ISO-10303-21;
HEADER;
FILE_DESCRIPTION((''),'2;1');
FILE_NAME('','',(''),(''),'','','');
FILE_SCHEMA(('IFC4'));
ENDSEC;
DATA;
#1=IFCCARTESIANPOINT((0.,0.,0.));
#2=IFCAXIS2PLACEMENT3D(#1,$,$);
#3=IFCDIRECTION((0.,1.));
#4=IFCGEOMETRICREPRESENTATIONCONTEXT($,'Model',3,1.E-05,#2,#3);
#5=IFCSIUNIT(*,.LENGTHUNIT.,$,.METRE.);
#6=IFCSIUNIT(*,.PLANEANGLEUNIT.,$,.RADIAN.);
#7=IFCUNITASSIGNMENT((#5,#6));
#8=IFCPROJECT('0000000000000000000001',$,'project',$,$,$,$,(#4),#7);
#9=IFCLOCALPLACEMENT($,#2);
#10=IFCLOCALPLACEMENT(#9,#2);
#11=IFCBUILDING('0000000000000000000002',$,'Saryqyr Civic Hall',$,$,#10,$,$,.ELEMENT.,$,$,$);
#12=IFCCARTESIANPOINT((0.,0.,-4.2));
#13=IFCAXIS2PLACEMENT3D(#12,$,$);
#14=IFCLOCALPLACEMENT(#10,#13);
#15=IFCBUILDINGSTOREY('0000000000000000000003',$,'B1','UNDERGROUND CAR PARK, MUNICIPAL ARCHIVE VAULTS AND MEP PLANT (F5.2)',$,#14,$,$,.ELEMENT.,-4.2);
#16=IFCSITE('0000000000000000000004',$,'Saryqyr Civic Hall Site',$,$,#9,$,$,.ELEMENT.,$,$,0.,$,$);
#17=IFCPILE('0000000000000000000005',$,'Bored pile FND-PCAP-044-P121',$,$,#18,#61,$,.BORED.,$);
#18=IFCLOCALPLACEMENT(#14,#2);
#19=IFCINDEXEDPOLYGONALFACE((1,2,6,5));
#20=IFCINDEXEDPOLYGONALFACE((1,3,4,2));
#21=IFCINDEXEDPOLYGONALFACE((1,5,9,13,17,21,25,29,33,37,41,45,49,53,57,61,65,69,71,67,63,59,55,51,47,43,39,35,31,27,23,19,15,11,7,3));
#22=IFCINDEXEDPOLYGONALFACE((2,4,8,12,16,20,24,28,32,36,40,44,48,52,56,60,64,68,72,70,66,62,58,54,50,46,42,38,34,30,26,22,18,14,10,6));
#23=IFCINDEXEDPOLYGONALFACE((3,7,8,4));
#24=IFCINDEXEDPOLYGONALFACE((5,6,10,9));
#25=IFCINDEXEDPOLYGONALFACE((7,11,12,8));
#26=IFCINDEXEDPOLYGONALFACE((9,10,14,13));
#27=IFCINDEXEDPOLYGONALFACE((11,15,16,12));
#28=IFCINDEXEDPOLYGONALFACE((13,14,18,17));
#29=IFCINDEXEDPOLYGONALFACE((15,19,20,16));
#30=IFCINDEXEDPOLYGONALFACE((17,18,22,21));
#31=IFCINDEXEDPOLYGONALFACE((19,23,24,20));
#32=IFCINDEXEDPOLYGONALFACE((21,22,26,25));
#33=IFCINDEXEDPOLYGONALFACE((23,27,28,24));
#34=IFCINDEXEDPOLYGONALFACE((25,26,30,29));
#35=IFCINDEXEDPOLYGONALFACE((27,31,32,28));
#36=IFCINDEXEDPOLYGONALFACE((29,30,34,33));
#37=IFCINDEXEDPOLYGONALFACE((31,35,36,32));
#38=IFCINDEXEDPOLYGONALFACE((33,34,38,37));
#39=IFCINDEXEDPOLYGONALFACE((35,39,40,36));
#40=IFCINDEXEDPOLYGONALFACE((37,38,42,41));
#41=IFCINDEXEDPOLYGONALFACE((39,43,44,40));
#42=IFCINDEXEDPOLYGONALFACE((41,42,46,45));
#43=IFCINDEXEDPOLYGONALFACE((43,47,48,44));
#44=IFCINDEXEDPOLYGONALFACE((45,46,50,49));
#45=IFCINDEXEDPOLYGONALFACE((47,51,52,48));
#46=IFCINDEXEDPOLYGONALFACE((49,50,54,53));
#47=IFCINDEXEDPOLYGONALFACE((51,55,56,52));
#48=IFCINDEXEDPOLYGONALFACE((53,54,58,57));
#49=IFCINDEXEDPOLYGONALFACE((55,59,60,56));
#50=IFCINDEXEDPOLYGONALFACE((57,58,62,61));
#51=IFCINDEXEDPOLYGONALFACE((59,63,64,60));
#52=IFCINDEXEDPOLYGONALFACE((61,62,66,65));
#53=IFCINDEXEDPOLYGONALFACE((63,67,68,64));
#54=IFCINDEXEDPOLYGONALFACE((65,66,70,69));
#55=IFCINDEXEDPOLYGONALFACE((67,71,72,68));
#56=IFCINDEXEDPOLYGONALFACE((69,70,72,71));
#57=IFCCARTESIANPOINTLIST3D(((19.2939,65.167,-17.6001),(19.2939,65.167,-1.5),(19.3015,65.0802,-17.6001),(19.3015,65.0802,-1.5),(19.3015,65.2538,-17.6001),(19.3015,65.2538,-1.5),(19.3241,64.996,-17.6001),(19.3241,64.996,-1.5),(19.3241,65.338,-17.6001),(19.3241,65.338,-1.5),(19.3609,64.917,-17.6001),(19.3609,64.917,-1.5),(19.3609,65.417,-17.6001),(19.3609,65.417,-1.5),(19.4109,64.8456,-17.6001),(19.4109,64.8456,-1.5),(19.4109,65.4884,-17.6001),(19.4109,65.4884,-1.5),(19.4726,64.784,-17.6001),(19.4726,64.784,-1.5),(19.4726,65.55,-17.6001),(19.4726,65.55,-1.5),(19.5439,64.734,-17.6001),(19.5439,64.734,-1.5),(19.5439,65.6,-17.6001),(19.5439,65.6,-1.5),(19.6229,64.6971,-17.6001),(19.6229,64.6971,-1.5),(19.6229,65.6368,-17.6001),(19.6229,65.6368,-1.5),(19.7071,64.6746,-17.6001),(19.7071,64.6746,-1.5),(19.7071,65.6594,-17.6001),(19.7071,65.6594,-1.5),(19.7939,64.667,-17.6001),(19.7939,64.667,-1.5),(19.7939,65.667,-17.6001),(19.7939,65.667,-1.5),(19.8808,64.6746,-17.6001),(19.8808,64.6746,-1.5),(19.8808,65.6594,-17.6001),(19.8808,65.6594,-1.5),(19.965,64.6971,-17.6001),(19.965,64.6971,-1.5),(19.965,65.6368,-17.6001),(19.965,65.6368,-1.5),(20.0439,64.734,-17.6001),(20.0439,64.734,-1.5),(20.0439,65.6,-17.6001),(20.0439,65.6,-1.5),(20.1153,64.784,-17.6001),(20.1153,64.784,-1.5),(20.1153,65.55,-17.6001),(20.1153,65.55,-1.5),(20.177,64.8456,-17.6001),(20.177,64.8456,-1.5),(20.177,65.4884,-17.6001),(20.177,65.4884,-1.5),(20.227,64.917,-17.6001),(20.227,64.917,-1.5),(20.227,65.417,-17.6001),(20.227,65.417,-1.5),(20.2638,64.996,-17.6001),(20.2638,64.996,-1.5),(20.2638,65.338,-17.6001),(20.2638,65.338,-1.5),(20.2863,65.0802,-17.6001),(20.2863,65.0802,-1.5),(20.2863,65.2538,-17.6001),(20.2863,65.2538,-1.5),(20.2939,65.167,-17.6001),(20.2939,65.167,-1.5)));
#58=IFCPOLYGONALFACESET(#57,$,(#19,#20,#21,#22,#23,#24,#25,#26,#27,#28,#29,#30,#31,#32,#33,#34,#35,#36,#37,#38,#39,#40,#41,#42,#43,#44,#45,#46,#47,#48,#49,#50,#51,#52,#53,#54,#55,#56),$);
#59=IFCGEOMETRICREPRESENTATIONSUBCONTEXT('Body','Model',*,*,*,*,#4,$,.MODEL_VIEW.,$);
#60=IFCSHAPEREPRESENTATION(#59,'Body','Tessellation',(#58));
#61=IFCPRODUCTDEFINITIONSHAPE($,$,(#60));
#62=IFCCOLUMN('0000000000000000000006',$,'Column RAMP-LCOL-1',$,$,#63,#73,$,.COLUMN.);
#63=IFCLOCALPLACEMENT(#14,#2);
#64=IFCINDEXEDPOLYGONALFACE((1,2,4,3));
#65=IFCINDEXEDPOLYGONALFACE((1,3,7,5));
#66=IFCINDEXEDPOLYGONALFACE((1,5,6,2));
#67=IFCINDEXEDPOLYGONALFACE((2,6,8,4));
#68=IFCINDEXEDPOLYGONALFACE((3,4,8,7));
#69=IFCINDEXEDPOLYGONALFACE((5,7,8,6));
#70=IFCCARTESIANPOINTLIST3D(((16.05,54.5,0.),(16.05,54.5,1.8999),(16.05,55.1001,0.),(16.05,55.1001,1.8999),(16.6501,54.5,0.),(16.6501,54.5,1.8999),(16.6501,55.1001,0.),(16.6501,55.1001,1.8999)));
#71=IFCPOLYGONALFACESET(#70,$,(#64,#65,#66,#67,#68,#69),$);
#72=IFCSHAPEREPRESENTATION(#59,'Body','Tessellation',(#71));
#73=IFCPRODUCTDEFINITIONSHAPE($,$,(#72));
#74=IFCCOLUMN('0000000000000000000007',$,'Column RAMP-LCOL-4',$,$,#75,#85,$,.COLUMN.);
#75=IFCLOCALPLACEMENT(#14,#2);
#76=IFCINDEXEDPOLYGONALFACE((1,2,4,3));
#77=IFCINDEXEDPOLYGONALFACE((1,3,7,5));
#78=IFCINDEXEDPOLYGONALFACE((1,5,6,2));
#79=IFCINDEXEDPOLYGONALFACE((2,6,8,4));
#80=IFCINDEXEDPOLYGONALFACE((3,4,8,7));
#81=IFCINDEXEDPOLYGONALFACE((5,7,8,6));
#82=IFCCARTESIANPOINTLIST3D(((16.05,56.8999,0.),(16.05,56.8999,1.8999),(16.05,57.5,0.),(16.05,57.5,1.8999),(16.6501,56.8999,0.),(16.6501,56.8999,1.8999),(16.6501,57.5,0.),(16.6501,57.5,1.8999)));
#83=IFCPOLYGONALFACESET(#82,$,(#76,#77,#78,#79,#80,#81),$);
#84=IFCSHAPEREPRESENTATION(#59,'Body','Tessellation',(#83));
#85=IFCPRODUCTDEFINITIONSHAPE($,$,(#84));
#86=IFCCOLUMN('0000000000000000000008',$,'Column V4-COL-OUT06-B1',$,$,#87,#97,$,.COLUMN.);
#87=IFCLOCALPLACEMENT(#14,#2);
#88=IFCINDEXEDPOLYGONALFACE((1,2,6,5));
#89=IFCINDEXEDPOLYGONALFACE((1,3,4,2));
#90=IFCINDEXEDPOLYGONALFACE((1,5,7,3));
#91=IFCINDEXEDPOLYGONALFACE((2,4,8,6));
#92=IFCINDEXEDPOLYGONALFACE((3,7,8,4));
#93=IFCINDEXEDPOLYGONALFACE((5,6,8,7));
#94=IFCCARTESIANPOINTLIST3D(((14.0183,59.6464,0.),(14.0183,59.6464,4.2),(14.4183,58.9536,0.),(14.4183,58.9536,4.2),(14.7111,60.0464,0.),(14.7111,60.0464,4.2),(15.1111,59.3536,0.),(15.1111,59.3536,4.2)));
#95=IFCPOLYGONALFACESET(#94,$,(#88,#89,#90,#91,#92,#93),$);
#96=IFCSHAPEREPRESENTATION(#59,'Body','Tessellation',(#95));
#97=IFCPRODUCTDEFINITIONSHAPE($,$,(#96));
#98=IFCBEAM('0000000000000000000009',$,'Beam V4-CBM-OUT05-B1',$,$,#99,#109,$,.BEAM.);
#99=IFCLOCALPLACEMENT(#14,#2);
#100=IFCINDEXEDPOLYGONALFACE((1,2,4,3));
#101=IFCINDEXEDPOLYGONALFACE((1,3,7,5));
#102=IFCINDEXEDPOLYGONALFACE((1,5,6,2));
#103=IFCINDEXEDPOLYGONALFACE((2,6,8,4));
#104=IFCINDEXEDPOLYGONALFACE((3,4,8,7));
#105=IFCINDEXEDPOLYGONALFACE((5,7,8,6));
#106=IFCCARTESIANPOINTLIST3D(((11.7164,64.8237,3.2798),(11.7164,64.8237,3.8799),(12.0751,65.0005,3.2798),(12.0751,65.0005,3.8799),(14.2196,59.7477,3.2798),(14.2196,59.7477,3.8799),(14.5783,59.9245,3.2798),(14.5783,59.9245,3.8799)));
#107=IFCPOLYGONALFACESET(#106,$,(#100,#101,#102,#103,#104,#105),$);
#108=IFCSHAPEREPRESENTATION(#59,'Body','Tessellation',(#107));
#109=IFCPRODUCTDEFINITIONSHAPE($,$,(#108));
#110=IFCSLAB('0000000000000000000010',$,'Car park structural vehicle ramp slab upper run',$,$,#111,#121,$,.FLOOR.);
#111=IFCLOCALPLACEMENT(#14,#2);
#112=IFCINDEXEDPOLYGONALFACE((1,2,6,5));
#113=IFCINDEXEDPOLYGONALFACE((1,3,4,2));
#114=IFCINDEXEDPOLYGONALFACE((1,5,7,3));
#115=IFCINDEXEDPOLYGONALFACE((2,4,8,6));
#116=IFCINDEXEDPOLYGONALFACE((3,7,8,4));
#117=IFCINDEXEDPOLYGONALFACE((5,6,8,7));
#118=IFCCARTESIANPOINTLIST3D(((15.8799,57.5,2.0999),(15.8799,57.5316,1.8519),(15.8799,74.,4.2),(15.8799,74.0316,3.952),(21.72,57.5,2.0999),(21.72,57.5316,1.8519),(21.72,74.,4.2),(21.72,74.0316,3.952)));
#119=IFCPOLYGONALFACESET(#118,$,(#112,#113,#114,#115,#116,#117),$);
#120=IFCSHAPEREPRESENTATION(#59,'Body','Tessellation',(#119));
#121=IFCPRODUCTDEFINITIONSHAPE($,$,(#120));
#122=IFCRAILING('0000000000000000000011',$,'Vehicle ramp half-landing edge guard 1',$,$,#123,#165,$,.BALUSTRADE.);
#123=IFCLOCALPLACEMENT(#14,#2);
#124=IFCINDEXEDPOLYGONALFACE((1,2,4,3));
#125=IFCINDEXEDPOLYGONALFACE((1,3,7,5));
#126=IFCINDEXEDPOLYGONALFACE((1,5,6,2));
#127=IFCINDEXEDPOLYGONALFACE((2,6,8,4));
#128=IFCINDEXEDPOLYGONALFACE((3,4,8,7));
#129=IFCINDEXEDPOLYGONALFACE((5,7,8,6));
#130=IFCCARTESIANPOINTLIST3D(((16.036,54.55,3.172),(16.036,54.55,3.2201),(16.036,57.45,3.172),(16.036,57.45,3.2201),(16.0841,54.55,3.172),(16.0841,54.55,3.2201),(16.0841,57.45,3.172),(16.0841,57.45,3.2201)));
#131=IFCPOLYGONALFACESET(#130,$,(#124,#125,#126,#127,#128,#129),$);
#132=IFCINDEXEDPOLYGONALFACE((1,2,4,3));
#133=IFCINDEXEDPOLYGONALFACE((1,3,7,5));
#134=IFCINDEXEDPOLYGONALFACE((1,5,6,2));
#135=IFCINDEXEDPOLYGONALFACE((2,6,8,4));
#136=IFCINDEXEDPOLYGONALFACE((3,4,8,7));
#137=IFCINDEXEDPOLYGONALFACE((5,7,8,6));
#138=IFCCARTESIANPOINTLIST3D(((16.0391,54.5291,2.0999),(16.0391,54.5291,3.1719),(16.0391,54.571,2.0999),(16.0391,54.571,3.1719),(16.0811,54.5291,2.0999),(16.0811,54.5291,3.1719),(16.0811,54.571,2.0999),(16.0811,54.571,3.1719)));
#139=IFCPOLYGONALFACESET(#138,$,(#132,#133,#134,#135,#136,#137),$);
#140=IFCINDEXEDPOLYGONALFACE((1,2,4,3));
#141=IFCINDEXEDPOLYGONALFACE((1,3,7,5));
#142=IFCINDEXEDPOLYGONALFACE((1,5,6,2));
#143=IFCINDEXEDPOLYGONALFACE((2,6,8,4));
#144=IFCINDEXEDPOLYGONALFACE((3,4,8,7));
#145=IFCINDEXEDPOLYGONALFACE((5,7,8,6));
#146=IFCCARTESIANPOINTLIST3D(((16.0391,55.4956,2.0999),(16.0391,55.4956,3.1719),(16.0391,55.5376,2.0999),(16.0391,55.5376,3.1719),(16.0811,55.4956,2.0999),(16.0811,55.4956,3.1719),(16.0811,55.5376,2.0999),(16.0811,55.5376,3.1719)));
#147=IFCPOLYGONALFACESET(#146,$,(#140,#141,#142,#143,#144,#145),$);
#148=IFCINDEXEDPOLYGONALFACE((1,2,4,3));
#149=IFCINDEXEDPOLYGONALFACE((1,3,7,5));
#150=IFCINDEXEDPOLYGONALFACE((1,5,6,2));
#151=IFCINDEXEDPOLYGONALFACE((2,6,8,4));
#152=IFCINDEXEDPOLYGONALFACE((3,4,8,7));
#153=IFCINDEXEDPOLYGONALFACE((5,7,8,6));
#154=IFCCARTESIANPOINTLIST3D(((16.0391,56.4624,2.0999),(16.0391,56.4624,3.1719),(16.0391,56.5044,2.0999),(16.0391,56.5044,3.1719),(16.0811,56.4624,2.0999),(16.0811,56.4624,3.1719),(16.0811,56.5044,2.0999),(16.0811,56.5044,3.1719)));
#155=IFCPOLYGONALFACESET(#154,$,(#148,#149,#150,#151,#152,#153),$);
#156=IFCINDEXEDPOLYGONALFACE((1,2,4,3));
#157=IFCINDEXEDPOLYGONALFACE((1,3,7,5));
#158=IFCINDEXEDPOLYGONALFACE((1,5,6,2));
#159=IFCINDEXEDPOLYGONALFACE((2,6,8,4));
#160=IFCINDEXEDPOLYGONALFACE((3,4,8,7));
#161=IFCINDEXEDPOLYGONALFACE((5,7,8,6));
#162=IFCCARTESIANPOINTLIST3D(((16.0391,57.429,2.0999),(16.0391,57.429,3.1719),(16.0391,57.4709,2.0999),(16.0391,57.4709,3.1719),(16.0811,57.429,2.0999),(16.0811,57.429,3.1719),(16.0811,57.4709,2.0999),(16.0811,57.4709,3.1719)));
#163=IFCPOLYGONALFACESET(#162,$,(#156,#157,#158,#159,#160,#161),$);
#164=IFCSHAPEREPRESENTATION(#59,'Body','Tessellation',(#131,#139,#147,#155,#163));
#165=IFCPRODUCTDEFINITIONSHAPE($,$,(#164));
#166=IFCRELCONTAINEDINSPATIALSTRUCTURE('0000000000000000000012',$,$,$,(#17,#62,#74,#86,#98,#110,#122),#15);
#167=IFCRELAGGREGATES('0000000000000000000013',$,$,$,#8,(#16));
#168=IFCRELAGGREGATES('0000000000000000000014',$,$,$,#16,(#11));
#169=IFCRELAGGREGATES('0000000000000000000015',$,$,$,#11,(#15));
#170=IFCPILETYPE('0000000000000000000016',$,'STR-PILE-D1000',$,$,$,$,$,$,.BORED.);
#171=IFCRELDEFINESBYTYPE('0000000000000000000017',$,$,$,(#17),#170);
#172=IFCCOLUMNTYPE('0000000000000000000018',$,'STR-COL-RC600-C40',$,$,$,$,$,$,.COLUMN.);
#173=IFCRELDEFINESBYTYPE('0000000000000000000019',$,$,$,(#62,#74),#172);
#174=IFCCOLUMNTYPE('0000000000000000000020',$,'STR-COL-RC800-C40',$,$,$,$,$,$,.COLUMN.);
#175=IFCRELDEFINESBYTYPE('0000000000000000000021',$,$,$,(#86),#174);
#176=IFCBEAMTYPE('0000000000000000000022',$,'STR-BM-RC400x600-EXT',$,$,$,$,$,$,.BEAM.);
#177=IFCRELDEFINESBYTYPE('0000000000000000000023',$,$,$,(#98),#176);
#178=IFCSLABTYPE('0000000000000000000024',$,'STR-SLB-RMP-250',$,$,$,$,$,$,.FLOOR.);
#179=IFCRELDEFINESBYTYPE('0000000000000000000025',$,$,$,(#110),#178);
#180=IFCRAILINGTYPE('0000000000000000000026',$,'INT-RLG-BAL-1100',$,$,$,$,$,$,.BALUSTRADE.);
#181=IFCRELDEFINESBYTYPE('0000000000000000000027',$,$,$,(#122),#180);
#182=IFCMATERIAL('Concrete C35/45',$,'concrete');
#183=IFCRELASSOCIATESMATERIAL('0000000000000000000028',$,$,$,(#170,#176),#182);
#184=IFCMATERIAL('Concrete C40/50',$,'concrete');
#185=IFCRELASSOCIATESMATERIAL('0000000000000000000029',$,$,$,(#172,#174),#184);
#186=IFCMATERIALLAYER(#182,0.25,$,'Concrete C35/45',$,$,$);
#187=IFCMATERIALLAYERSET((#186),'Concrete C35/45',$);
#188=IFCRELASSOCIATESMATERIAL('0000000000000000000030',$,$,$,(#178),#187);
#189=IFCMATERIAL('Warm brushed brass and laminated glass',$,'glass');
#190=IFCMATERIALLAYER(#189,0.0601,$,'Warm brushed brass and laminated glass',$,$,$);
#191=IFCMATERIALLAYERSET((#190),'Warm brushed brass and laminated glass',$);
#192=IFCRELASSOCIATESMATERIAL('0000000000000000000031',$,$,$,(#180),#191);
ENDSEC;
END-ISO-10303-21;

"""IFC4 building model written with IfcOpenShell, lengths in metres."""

from ifc_helpers import new_model, si_unit, direction, frame, origin, origin_2d, place, context, subcontext, project, spatial, polyline, rectangle, circle, outline, extrude, material, layer, layer_set, material_profile, profile_set, type_object, element, save


model = new_model("IFC4")

# Units and contexts
model_context = context("Model", 3, precision=1e-05, world=origin(), true_north=direction((0.0, 1.0)))
body_context = subcontext(model_context, "Body", "Model", "MODEL_VIEW")
ifc_project = project(units=[si_unit("LENGTHUNIT", "METRE"), si_unit("PLANEANGLEUNIT", "RADIAN")], contexts=[model_context])

# Site, building, storey
site_placement = place(None, origin())
site = spatial("IfcSite", under=ifc_project, at=site_placement, Name="Saryqyr Civic Hall Site", CompositionType="ELEMENT", RefElevation=0.0)
building_placement = place(site_placement, origin())
building = spatial("IfcBuilding", under=site, at=building_placement, Name="Saryqyr Civic Hall", CompositionType="ELEMENT")
storey_placement = place(building_placement, frame((0.0, 0.0, -4.2)))
storey = spatial("IfcBuildingStorey", under=building, at=storey_placement, Name="B1", Description="UNDERGROUND CAR PARK, MUNICIPAL ARCHIVE VAULTS AND MEP PLANT (F5.2)", CompositionType="ELEMENT", Elevation=-4.2)

# Pile
ifc_material_1 = material(Name="Concrete C35/45", Category="concrete")
ifc_material_profile_1 = material_profile(ifc_material_1, circle(Radius=0.5, at=origin_2d()), Name="BORED PILE D1000")
ifc_profile_set_1 = profile_set([ifc_material_profile_1], Name="Concrete C35/45")
pile_type = type_object("IfcPileType", Name="STR-PILE-D1000", PredefinedType="BORED", material=ifc_profile_set_1)
for number, where, z_axis, x_axis, name in (
    (1, (19.7939, 65.167, -1.5), (0.0, 0.0, -1.0), (1.0, 0.0, 0.0), "Bored pile FND-PCAP-044-P121"),
):
    element("IfcPile", number, at=place(storey_placement, frame(where, z_axis=z_axis, x_axis=x_axis)), inside=storey, type_object=pile_type, Name=name, PredefinedType="BORED", context=body_context, shape_type="SweptSolid", body=[
        extrude(circle(Radius=0.5, at=origin_2d()), origin(), (0.0, 0.0, 1.0), 16.1001),
    ])

# Columns
ifc_material_2 = material(Name="Concrete C40/50", Category="concrete")
ifc_material_profile_2 = material_profile(ifc_material_2, rectangle(XDim=0.6001, YDim=0.6001, at=origin_2d()), Name="RC 600x600")
ifc_profile_set_2 = profile_set([ifc_material_profile_2], Name="Concrete C40/50")
column_type_1 = type_object("IfcColumnType", Name="STR-COL-RC600-C40", PredefinedType="COLUMN", material=ifc_profile_set_2)
for number, where, z_axis, x_axis, name in (
    (2, (16.3501, 54.8, 0.0), (0.0, 0.0, 1.0), (1.0, 0.0, 0.0), "Column RAMP-LCOL-1"),
    (3, (16.3501, 57.2, 0.0), (0.0, 0.0, 1.0), (1.0, 0.0, 0.0), "Column RAMP-LCOL-4"),
):
    element("IfcColumn", number, at=place(storey_placement, frame(where, z_axis=z_axis, x_axis=x_axis)), inside=storey, type_object=column_type_1, Name=name, PredefinedType="COLUMN", context=body_context, shape_type="SweptSolid", body=[
        extrude(rectangle(XDim=0.6001, YDim=0.6001, at=origin_2d()), origin(), (0.0, 0.0, 1.0), 1.8999),
    ])
ifc_material_profile_3 = material_profile(ifc_material_2, rectangle(XDim=0.8, YDim=0.8, at=origin_2d()), Name="RC 800x800")
ifc_profile_set_3 = profile_set([ifc_material_profile_3], Name="Concrete C40/50")
column_type_2 = type_object("IfcColumnType", Name="STR-COL-RC800-C40", PredefinedType="COLUMN", material=ifc_profile_set_3)
column_placement = place(storey_placement, frame((14.5647, 59.5, 0.0), z_axis=(0.0, 0.0, 1.0), x_axis=(-0.866025, -0.5, 0.0)))
element("IfcColumn", 4, at=column_placement, inside=storey, type_object=column_type_2, Name="Column V4-COL-OUT06-B1", PredefinedType="COLUMN", context=body_context, shape_type="SweptSolid", body=[
    extrude(rectangle(XDim=0.8, YDim=0.8, at=origin_2d()), origin(), (0.0, 0.0, 1.0), 4.2),
])

# Beam
ifc_material_profile_4 = material_profile(ifc_material_1, rectangle(XDim=0.3999, YDim=0.6001, at=origin_2d()), Name="RC 400x600")
ifc_profile_set_4 = profile_set([ifc_material_profile_4], Name="Concrete C35/45")
beam_type = type_object("IfcBeamType", Name="STR-BM-RC400x600-EXT", PredefinedType="BEAM", material=ifc_profile_set_4)
beam_placement = place(storey_placement, frame((11.8958, 64.9121, 3.5798), z_axis=(0.442289, -0.896873, 0.0), x_axis=(0.896873, 0.442289, 0.0)))
element("IfcBeam", 5, at=beam_placement, inside=storey, type_object=beam_type, Name="Beam V4-CBM-OUT05-B1", PredefinedType="BEAM", context=body_context, shape_type="SweptSolid", body=[
    extrude(rectangle(XDim=0.3999, YDim=0.6001, at=origin_2d()), origin(), (0.0, 0.0, 1.0), 5.6597),
])

# Slab
ifc_layer_1 = layer(ifc_material_1, 0.25, Name="Concrete C35/45")
ifc_layer_set_1 = layer_set([ifc_layer_1], Name="Concrete C35/45")
slab_type = type_object("IfcSlabType", Name="STR-SLB-RMP-250", PredefinedType="FLOOR", material=ifc_layer_set_1)
slab_placement = place(storey_placement, frame((15.8799, 57.5, 2.0999), z_axis=(0.0, -0.12626, 0.991997), x_axis=(1.0, 0.0, 0.0)))
element("IfcSlab", 6, at=slab_placement, inside=storey, type_object=slab_type, Name="Car park structural vehicle ramp slab upper run", PredefinedType="FLOOR", context=body_context, shape_type="SweptSolid", body=[
    extrude(outline(polyline([(0.0, 0.0), (5.8401, 0.0), (5.8401, 16.6331), (0.0, 16.6331), (0.0, 0.0)])), origin(), (0.0, 0.0, -1.0), 0.25),
])

# Railing
ifc_material_3 = material(Name="Warm brushed brass and laminated glass", Category="glass")
ifc_layer_2 = layer(ifc_material_3, 0.0601, Name="Warm brushed brass and laminated glass")
ifc_layer_set_2 = layer_set([ifc_layer_2], Name="Warm brushed brass and laminated glass")
railing_type = type_object("IfcRailingType", Name="INT-RLG-BAL-1100", PredefinedType="BALUSTRADE", material=ifc_layer_set_2)
railing_1_placement = place(storey_placement, frame((16.0601, 54.55, 2.0999)))
element("IfcRailing", 7, at=railing_1_placement, inside=storey, type_object=railing_type, Name="Vehicle ramp half-landing edge guard 1", PredefinedType="BALUSTRADE", context=body_context, shape_type="SweptSolid", body=[
    extrude(rectangle(XDim=0.0481, YDim=0.0481, at=origin_2d()), frame((0.0, 0.0, 1.0962), z_axis=(0.0, 1.0, 0.0), x_axis=(-1.0, 0.0, 0.0)), (0.0, 0.0, 1.0), 2.8999),
    extrude(rectangle(XDim=0.042, YDim=0.042, at=origin_2d()), origin(), (0.0, 0.0, 1.0), 1.072),
    extrude(rectangle(XDim=0.042, YDim=0.042, at=origin_2d()), frame((0.0, 0.9666, 0.0)), (0.0, 0.0, 1.0), 1.072),
    extrude(rectangle(XDim=0.042, YDim=0.042, at=origin_2d()), frame((0.0, 1.9333, 0.0)), (0.0, 0.0, 1.0), 1.072),
    extrude(rectangle(XDim=0.042, YDim=0.042, at=origin_2d()), frame((0.0, 2.8999, 0.0)), (0.0, 0.0, 1.0), 1.072),
])

save(model, "model.ifc")
